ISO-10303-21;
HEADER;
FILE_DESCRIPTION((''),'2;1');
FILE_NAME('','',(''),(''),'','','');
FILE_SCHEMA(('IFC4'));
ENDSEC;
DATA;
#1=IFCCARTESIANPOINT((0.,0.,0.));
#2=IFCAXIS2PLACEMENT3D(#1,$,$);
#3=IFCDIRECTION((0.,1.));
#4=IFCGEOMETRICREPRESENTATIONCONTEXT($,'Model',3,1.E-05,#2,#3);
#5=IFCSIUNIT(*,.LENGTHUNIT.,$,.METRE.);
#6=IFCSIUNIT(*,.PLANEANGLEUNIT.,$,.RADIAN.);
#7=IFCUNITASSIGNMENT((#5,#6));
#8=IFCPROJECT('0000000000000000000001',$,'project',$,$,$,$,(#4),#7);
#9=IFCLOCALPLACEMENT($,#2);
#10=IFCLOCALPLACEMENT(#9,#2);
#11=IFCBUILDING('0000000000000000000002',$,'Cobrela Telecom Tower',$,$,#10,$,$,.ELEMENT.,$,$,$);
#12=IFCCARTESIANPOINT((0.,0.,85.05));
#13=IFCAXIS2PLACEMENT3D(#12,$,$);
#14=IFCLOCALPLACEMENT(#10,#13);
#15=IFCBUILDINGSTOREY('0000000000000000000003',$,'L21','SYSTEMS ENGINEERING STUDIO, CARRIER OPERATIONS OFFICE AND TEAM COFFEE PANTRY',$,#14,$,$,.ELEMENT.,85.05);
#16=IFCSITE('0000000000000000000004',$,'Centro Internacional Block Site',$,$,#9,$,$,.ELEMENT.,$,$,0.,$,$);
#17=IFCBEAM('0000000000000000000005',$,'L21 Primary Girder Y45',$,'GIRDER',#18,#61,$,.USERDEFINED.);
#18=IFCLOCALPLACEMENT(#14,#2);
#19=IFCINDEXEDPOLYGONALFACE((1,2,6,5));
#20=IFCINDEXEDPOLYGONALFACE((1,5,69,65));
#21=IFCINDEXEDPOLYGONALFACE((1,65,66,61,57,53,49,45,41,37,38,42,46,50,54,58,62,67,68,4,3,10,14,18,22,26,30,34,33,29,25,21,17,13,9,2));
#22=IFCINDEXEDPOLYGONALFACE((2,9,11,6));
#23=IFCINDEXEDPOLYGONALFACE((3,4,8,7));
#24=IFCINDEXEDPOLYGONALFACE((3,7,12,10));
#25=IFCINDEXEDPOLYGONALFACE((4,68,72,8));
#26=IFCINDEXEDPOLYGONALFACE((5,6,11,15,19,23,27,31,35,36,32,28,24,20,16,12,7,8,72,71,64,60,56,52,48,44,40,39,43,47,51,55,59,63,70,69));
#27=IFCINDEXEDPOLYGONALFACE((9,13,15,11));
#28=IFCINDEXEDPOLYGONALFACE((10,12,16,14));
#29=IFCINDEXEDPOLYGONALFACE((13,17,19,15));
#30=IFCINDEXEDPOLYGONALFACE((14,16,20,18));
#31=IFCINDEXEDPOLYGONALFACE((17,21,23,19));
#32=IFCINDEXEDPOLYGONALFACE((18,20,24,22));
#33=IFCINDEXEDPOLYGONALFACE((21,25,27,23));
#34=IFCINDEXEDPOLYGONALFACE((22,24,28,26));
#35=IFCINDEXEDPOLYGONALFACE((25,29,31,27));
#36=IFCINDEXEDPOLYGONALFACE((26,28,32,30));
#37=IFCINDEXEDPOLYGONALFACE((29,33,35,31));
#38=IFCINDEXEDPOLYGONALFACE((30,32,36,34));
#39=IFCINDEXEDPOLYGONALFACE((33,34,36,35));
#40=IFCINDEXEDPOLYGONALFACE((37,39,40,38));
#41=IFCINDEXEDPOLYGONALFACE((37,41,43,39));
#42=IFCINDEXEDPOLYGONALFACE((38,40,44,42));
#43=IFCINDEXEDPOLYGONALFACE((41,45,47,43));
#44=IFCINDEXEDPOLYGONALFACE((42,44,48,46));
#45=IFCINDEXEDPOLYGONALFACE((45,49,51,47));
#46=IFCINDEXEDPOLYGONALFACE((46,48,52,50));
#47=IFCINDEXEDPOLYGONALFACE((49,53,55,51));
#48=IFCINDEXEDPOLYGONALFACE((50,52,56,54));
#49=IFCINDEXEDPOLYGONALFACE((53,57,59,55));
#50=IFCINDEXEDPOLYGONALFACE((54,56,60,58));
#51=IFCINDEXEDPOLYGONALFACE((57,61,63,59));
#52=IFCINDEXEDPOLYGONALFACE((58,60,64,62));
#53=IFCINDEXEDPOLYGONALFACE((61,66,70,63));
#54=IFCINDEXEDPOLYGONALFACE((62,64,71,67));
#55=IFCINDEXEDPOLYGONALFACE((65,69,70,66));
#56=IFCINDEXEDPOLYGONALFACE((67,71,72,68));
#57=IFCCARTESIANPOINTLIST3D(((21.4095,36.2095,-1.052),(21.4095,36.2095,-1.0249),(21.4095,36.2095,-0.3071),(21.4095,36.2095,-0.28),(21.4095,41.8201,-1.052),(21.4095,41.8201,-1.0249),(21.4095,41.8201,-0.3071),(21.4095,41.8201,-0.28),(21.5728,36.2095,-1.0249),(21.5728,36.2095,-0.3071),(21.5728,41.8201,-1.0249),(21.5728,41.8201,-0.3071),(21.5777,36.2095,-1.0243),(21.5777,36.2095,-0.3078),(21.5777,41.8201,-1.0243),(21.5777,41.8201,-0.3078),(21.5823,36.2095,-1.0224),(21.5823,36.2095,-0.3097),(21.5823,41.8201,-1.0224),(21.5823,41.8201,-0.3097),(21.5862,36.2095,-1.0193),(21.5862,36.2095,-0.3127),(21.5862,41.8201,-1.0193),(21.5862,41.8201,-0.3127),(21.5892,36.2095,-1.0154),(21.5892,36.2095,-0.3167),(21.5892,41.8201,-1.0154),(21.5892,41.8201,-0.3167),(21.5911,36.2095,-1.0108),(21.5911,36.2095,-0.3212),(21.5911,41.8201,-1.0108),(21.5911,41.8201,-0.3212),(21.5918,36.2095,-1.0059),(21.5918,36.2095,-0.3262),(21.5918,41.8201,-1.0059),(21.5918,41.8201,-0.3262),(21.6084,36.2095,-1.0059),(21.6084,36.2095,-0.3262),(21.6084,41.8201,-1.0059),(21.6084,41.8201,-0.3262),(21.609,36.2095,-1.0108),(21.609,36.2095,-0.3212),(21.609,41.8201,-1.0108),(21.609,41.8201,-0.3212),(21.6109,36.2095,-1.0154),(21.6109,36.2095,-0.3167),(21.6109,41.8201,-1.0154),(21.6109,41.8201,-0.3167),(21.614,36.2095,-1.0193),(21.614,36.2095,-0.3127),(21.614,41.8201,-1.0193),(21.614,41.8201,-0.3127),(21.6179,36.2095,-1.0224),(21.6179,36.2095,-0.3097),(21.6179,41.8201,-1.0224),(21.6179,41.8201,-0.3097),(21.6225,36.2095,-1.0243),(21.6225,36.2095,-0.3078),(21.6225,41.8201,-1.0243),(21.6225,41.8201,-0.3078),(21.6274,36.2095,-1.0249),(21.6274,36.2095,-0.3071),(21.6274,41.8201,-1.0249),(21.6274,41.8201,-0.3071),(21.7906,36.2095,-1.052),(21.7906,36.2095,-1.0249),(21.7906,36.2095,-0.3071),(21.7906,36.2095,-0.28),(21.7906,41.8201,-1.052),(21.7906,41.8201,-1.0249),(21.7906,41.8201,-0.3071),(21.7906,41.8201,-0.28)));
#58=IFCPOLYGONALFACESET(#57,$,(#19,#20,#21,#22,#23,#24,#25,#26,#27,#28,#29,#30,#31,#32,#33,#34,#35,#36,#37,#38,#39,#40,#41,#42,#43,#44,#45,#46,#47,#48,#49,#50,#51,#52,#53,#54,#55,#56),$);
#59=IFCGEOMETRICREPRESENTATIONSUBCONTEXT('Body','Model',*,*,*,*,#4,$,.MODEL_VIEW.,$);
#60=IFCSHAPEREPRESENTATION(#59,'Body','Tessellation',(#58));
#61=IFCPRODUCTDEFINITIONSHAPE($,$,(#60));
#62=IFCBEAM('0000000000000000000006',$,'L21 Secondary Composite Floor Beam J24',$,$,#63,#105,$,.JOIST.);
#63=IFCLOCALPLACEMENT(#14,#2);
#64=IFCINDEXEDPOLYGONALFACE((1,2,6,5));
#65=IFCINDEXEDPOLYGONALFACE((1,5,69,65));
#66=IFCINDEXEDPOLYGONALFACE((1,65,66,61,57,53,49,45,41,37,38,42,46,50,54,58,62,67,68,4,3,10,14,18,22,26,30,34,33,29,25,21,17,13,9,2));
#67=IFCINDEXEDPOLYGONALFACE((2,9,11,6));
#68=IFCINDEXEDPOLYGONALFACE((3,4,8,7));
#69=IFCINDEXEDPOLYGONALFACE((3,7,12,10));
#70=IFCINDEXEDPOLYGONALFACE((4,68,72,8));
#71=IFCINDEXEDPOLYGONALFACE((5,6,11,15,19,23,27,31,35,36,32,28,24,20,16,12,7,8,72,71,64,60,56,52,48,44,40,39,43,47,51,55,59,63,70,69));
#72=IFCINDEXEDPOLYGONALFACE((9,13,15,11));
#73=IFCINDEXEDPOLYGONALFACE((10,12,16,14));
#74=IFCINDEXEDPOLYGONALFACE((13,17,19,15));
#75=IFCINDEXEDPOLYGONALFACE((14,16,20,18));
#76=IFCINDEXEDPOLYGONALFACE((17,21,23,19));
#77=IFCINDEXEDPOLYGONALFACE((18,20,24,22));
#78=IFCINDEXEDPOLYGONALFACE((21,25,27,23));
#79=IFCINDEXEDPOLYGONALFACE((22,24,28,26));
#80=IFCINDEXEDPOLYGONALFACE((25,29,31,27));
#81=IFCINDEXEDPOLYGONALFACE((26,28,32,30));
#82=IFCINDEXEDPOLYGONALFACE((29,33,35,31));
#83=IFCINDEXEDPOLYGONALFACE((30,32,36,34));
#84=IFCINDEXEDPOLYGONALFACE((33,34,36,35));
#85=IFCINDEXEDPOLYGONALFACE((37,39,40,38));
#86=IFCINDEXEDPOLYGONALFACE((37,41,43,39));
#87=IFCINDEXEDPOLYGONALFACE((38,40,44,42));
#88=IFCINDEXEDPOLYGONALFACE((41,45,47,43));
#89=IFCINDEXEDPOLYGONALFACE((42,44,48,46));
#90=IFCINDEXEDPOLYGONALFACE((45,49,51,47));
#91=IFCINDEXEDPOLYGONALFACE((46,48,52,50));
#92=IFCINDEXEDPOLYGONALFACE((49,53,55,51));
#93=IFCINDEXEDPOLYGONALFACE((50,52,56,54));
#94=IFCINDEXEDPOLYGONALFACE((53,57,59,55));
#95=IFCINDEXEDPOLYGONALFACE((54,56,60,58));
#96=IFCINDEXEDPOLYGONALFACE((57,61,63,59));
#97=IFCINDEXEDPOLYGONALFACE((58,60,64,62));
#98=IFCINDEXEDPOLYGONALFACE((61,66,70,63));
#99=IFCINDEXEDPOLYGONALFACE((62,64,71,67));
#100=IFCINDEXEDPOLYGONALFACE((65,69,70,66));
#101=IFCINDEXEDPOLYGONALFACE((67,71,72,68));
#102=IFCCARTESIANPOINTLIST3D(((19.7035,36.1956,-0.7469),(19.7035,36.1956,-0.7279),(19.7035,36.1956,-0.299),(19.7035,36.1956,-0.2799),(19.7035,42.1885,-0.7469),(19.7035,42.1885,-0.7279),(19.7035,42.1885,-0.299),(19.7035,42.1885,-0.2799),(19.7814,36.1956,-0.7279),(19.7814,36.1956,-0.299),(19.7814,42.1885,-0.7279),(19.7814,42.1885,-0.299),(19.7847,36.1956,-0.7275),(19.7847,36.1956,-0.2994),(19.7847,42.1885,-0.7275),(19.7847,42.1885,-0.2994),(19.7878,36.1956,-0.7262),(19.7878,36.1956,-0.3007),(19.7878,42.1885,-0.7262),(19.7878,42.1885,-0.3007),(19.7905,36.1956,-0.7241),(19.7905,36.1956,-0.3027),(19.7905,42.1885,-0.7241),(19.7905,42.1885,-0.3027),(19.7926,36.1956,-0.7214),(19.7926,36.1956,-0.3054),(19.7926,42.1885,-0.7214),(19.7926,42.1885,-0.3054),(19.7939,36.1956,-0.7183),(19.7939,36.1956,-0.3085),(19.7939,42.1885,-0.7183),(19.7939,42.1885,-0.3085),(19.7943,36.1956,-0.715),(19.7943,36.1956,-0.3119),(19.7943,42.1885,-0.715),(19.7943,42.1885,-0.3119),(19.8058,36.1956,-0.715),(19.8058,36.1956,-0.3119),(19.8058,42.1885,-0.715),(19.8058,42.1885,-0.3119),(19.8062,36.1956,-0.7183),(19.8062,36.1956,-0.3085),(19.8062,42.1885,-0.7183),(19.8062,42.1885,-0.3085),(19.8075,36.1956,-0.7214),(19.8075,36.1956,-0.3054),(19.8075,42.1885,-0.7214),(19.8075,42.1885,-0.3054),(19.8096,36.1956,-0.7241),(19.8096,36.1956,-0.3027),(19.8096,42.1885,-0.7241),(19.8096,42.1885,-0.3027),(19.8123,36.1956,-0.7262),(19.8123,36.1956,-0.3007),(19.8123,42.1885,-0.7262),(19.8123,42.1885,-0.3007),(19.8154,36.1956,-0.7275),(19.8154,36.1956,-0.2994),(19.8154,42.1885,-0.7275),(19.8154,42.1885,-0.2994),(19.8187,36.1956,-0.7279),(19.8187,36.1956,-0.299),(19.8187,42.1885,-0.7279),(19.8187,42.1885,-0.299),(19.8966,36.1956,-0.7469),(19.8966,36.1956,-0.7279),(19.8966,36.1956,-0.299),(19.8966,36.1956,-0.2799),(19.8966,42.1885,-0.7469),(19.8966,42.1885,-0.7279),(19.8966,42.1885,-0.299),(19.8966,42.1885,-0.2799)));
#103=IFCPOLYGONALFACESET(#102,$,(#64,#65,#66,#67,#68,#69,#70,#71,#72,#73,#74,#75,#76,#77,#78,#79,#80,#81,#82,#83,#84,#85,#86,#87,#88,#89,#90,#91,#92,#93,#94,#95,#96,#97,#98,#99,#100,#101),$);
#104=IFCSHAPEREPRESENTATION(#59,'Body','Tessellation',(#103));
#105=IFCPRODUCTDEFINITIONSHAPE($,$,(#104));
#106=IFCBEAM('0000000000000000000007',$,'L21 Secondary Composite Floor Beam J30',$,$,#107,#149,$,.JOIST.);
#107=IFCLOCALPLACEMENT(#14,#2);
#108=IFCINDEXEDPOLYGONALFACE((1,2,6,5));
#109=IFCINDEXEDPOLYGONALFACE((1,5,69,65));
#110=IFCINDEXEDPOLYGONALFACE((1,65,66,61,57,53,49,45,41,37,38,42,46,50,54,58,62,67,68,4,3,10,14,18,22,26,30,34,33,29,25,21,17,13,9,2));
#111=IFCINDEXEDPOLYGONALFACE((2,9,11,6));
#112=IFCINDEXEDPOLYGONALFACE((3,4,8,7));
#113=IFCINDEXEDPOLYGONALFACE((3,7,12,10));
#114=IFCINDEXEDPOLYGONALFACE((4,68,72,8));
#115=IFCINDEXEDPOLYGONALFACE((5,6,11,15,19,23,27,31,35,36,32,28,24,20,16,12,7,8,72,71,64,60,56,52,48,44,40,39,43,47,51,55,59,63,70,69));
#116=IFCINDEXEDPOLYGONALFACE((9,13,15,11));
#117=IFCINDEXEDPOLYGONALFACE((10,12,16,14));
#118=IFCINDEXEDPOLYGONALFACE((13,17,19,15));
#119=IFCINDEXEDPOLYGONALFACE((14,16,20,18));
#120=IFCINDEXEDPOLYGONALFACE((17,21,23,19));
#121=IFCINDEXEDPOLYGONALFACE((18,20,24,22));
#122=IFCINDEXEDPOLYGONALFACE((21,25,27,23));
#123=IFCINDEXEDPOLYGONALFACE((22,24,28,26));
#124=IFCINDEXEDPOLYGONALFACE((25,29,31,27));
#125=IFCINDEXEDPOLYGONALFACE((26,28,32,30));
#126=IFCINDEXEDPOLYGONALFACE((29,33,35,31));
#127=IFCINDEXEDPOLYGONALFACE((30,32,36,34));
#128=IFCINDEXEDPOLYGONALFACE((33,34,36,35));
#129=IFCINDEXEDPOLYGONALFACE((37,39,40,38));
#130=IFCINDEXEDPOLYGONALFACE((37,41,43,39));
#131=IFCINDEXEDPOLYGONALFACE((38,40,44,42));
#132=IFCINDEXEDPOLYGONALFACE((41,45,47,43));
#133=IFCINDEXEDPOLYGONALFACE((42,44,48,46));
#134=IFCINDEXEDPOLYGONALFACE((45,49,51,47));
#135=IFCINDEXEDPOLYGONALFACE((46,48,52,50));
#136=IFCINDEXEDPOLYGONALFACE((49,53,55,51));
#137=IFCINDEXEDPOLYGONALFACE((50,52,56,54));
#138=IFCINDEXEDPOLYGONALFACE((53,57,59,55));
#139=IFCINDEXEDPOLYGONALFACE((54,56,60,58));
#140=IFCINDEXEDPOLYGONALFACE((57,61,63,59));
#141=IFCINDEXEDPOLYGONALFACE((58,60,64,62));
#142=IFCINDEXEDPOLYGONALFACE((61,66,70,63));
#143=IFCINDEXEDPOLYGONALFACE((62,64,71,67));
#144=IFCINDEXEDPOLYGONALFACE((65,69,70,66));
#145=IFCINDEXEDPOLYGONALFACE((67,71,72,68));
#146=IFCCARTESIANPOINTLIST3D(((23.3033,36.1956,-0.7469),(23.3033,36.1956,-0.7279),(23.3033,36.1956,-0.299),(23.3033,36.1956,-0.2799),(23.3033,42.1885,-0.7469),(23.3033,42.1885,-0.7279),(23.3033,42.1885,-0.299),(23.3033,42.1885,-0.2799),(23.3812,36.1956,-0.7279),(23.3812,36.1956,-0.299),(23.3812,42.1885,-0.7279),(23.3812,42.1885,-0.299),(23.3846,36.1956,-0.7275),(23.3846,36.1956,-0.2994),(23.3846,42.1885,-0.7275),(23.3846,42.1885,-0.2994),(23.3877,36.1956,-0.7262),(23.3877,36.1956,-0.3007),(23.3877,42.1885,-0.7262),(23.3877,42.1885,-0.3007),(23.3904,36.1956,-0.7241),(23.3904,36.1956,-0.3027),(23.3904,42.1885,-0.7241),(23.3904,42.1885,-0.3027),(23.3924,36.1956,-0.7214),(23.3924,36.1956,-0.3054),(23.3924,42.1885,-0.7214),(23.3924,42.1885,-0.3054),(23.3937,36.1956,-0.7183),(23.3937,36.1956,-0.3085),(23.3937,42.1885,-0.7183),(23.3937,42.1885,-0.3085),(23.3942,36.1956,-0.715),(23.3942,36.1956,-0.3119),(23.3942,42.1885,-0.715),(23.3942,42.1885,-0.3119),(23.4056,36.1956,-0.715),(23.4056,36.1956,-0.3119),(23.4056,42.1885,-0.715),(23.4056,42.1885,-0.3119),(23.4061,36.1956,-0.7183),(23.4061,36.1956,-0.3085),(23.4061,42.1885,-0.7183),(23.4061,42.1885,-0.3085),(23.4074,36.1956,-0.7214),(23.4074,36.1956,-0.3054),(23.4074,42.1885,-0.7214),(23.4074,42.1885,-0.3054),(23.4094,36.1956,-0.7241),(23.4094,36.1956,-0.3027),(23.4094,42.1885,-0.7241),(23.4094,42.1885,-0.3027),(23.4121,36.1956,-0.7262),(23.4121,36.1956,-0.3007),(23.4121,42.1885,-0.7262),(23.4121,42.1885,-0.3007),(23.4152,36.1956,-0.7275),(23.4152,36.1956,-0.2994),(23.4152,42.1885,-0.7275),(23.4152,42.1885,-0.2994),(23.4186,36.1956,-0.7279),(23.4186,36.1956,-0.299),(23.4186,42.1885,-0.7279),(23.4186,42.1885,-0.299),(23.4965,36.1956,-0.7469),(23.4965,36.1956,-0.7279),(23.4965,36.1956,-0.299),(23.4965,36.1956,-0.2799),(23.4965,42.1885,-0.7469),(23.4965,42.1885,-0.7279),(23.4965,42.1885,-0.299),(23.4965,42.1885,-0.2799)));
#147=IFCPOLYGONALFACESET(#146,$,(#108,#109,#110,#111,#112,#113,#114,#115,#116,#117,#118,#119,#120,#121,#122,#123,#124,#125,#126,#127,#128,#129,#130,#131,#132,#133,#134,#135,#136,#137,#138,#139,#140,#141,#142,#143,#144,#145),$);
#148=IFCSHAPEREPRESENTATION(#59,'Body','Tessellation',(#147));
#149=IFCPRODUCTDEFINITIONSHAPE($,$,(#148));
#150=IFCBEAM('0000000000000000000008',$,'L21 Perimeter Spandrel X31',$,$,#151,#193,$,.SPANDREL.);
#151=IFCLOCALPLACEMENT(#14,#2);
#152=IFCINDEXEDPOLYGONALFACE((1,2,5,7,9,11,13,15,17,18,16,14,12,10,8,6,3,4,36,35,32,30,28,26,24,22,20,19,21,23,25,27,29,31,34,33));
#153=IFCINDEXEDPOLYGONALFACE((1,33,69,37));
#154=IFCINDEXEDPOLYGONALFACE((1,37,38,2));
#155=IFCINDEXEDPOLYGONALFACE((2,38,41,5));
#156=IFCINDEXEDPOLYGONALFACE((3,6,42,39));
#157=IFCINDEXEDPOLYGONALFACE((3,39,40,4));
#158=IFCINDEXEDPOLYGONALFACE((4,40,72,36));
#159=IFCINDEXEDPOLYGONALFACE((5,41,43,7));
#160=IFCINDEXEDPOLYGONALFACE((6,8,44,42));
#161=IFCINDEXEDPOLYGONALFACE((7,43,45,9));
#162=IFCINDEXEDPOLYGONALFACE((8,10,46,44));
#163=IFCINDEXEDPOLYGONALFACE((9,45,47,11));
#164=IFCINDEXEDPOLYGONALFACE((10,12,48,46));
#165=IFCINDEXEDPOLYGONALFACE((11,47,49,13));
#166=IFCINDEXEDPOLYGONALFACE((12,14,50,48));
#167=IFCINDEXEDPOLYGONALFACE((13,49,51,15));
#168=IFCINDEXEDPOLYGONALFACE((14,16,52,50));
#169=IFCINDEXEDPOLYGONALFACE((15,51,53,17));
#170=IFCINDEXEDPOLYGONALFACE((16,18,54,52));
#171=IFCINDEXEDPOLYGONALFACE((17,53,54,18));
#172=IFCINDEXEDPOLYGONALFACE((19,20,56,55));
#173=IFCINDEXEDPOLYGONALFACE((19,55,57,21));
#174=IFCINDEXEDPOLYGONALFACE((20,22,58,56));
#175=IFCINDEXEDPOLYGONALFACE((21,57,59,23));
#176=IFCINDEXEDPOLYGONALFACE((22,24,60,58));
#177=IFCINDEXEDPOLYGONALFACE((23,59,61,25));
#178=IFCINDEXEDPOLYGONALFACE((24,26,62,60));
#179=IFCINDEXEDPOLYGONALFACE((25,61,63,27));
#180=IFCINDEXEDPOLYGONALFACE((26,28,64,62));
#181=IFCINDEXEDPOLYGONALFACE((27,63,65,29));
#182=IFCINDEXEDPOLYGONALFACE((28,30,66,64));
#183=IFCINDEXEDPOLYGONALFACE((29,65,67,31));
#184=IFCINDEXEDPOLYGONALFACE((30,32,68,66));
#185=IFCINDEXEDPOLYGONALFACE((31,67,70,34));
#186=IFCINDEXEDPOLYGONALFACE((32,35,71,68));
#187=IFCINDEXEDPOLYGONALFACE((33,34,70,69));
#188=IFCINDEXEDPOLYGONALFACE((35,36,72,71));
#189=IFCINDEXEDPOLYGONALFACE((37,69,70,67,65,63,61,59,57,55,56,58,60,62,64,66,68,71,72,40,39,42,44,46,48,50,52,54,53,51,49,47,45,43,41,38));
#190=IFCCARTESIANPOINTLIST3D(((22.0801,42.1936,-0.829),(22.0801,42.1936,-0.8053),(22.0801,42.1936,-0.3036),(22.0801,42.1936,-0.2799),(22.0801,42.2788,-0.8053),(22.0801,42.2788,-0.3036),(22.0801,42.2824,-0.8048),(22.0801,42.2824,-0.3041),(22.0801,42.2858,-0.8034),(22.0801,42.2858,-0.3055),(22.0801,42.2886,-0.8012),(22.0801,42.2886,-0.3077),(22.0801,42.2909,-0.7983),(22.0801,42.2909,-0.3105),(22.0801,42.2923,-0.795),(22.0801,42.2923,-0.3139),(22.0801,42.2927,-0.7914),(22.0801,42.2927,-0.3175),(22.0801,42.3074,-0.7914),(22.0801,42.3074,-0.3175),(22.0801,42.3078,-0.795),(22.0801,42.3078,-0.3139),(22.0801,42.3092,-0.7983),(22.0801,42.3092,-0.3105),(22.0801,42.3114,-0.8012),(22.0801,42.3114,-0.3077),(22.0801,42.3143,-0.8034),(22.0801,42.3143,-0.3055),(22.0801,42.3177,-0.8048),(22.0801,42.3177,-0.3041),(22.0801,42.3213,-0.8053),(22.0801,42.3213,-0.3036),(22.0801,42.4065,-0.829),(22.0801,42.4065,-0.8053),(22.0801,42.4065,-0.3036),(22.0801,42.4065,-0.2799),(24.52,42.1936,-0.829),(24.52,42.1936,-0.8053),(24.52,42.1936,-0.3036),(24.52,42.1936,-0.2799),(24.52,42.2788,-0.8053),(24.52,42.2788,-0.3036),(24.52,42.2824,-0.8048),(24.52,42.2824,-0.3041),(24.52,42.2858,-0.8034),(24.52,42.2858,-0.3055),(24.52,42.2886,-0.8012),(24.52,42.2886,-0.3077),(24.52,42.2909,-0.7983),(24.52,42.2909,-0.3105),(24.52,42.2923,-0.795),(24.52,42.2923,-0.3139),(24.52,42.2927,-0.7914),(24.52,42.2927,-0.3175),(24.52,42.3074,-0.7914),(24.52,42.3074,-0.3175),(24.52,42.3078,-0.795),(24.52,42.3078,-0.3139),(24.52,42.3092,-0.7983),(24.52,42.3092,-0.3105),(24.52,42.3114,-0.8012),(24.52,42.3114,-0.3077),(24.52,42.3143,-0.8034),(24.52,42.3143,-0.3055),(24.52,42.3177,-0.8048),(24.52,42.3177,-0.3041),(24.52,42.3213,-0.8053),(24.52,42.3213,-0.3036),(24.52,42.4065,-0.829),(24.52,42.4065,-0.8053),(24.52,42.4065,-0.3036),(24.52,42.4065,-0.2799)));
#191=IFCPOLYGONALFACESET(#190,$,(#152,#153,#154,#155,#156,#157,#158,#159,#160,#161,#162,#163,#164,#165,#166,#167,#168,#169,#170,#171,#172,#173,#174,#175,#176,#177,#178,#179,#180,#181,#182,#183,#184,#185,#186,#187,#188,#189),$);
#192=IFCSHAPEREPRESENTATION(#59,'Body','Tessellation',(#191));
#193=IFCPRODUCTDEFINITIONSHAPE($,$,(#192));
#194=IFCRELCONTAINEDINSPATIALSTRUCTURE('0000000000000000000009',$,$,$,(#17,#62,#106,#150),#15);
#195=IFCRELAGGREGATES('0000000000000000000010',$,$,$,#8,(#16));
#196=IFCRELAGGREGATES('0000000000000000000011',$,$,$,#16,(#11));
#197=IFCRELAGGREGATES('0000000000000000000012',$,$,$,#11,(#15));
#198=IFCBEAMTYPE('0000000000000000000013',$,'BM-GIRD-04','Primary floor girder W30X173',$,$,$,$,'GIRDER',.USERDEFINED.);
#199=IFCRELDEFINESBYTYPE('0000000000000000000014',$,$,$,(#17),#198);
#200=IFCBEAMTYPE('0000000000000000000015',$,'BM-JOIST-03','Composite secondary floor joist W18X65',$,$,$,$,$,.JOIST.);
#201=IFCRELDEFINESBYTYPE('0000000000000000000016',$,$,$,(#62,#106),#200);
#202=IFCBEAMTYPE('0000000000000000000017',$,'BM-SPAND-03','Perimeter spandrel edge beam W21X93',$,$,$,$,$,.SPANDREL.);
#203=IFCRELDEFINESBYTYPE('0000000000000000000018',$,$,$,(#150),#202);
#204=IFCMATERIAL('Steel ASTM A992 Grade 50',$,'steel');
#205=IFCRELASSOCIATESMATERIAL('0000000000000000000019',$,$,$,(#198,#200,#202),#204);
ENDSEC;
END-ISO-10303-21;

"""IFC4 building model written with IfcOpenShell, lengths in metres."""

from ifc_helpers import new_model, si_unit, direction, frame, origin, origin_2d, place, context, subcontext, project, spatial, i_section, extrude, material, material_profile, profile_set, type_object, element, save


model = new_model("IFC4")

# Units and contexts
model_context = context("Model", 3, precision=1e-05, world=origin(), true_north=direction((0.0, 1.0)))
body_context = subcontext(model_context, "Body", "Model", "MODEL_VIEW")
ifc_project = project(units=[si_unit("LENGTHUNIT", "METRE"), si_unit("PLANEANGLEUNIT", "RADIAN")], contexts=[model_context])

# Site, building, storey
site_placement = place(None, origin())
site = spatial("IfcSite", under=ifc_project, at=site_placement, Name="Centro Internacional Block Site", CompositionType="ELEMENT", RefElevation=0.0)
building_placement = place(site_placement, origin())
building = spatial("IfcBuilding", under=site, at=building_placement, Name="Cobrela Telecom Tower", CompositionType="ELEMENT")
storey_placement = place(building_placement, frame((0.0, 0.0, 85.05)))
storey = spatial("IfcBuildingStorey", under=building, at=storey_placement, Name="L21", Description="SYSTEMS ENGINEERING STUDIO, CARRIER OPERATIONS OFFICE AND TEAM COFFEE PANTRY", CompositionType="ELEMENT", Elevation=85.05)

# Shared definitions
ifc_material_1 = material(Name="Steel ASTM A992 Grade 50", Category="steel")

# Beams
ifc_material_profile_1 = material_profile(ifc_material_1, i_section(OverallWidth=0.3811, OverallDepth=0.772, WebThickness=0.0166, FlangeThickness=0.0271, FilletRadius=0.019, at=origin_2d()), Name="W30X173")
ifc_profile_set_1 = profile_set([ifc_material_profile_1], Name="Steel ASTM A992 Grade 50")
beam_type_1 = type_object("IfcBeamType", Name="BM-GIRD-04", Description="Primary floor girder W30X173", ElementType="GIRDER", PredefinedType="USERDEFINED", material=ifc_profile_set_1)
beam_1_placement = place(storey_placement, frame((21.6001, 36.2095, -0.666), z_axis=(0.0, 1.0, 0.0), x_axis=(-1.0, 0.0, 0.0)))
element("IfcBeam", 1, at=beam_1_placement, inside=storey, type_object=beam_type_1, Name="L21 Primary Girder Y45", ObjectType="GIRDER", PredefinedType="USERDEFINED", context=body_context, shape_type="SweptSolid", body=[
    extrude(i_section(OverallWidth=0.3811, OverallDepth=0.772, WebThickness=0.0166, FlangeThickness=0.0271, FilletRadius=0.019, at=origin_2d()), origin(), (0.0, 0.0, 1.0), 5.6106),
])
ifc_material_profile_2 = material_profile(ifc_material_1, i_section(OverallWidth=0.1931, OverallDepth=0.467, WebThickness=0.0115, FlangeThickness=0.019, FilletRadius=0.0129, at=origin_2d()), Name="W18X65")
ifc_profile_set_2 = profile_set([ifc_material_profile_2], Name="Steel ASTM A992 Grade 50")
beam_type_2 = type_object("IfcBeamType", Name="BM-JOIST-03", Description="Composite secondary floor joist W18X65", PredefinedType="JOIST", material=ifc_profile_set_2)
for number, where, z_axis, x_axis, name in (
    (2, (19.8, 36.1956, -0.5134), (0.0, 1.0, 0.0), (-1.0, 0.0, 0.0), "L21 Secondary Composite Floor Beam J24"),
    (3, (23.3999, 36.1956, -0.5134), (0.0, 1.0, 0.0), (-1.0, 0.0, 0.0), "L21 Secondary Composite Floor Beam J30"),
):
    element("IfcBeam", number, at=place(storey_placement, frame(where, z_axis=z_axis, x_axis=x_axis)), inside=storey, type_object=beam_type_2, Name=name, PredefinedType="JOIST", context=body_context, shape_type="SweptSolid", body=[
        extrude(i_section(OverallWidth=0.1931, OverallDepth=0.467, WebThickness=0.0115, FlangeThickness=0.019, FilletRadius=0.0129, at=origin_2d()), origin(), (0.0, 0.0, 1.0), 5.9929),
    ])
ifc_material_profile_3 = material_profile(ifc_material_1, i_section(OverallWidth=0.2129, OverallDepth=0.5491, WebThickness=0.0146, FlangeThickness=0.0237, FilletRadius=0.0139, at=origin_2d()), Name="W21X93")
ifc_profile_set_3 = profile_set([ifc_material_profile_3], Name="Steel ASTM A992 Grade 50")
beam_type_3 = type_object("IfcBeamType", Name="BM-SPAND-03", Description="Perimeter spandrel edge beam W21X93", PredefinedType="SPANDREL", material=ifc_profile_set_3)
beam_2_placement = place(storey_placement, frame((22.0801, 42.3, -0.5544), z_axis=(1.0, 0.0, 0.0), x_axis=(0.0, 1.0, 0.0)))
element("IfcBeam", 4, at=beam_2_placement, inside=storey, type_object=beam_type_3, Name="L21 Perimeter Spandrel X31", PredefinedType="SPANDREL", context=body_context, shape_type="SweptSolid", body=[
    extrude(i_section(OverallWidth=0.2129, OverallDepth=0.5491, WebThickness=0.0146, FlangeThickness=0.0237, FilletRadius=0.0139, at=origin_2d()), origin(), (0.0, 0.0, 1.0), 2.4399),
])

save(model, "model.ifc")
